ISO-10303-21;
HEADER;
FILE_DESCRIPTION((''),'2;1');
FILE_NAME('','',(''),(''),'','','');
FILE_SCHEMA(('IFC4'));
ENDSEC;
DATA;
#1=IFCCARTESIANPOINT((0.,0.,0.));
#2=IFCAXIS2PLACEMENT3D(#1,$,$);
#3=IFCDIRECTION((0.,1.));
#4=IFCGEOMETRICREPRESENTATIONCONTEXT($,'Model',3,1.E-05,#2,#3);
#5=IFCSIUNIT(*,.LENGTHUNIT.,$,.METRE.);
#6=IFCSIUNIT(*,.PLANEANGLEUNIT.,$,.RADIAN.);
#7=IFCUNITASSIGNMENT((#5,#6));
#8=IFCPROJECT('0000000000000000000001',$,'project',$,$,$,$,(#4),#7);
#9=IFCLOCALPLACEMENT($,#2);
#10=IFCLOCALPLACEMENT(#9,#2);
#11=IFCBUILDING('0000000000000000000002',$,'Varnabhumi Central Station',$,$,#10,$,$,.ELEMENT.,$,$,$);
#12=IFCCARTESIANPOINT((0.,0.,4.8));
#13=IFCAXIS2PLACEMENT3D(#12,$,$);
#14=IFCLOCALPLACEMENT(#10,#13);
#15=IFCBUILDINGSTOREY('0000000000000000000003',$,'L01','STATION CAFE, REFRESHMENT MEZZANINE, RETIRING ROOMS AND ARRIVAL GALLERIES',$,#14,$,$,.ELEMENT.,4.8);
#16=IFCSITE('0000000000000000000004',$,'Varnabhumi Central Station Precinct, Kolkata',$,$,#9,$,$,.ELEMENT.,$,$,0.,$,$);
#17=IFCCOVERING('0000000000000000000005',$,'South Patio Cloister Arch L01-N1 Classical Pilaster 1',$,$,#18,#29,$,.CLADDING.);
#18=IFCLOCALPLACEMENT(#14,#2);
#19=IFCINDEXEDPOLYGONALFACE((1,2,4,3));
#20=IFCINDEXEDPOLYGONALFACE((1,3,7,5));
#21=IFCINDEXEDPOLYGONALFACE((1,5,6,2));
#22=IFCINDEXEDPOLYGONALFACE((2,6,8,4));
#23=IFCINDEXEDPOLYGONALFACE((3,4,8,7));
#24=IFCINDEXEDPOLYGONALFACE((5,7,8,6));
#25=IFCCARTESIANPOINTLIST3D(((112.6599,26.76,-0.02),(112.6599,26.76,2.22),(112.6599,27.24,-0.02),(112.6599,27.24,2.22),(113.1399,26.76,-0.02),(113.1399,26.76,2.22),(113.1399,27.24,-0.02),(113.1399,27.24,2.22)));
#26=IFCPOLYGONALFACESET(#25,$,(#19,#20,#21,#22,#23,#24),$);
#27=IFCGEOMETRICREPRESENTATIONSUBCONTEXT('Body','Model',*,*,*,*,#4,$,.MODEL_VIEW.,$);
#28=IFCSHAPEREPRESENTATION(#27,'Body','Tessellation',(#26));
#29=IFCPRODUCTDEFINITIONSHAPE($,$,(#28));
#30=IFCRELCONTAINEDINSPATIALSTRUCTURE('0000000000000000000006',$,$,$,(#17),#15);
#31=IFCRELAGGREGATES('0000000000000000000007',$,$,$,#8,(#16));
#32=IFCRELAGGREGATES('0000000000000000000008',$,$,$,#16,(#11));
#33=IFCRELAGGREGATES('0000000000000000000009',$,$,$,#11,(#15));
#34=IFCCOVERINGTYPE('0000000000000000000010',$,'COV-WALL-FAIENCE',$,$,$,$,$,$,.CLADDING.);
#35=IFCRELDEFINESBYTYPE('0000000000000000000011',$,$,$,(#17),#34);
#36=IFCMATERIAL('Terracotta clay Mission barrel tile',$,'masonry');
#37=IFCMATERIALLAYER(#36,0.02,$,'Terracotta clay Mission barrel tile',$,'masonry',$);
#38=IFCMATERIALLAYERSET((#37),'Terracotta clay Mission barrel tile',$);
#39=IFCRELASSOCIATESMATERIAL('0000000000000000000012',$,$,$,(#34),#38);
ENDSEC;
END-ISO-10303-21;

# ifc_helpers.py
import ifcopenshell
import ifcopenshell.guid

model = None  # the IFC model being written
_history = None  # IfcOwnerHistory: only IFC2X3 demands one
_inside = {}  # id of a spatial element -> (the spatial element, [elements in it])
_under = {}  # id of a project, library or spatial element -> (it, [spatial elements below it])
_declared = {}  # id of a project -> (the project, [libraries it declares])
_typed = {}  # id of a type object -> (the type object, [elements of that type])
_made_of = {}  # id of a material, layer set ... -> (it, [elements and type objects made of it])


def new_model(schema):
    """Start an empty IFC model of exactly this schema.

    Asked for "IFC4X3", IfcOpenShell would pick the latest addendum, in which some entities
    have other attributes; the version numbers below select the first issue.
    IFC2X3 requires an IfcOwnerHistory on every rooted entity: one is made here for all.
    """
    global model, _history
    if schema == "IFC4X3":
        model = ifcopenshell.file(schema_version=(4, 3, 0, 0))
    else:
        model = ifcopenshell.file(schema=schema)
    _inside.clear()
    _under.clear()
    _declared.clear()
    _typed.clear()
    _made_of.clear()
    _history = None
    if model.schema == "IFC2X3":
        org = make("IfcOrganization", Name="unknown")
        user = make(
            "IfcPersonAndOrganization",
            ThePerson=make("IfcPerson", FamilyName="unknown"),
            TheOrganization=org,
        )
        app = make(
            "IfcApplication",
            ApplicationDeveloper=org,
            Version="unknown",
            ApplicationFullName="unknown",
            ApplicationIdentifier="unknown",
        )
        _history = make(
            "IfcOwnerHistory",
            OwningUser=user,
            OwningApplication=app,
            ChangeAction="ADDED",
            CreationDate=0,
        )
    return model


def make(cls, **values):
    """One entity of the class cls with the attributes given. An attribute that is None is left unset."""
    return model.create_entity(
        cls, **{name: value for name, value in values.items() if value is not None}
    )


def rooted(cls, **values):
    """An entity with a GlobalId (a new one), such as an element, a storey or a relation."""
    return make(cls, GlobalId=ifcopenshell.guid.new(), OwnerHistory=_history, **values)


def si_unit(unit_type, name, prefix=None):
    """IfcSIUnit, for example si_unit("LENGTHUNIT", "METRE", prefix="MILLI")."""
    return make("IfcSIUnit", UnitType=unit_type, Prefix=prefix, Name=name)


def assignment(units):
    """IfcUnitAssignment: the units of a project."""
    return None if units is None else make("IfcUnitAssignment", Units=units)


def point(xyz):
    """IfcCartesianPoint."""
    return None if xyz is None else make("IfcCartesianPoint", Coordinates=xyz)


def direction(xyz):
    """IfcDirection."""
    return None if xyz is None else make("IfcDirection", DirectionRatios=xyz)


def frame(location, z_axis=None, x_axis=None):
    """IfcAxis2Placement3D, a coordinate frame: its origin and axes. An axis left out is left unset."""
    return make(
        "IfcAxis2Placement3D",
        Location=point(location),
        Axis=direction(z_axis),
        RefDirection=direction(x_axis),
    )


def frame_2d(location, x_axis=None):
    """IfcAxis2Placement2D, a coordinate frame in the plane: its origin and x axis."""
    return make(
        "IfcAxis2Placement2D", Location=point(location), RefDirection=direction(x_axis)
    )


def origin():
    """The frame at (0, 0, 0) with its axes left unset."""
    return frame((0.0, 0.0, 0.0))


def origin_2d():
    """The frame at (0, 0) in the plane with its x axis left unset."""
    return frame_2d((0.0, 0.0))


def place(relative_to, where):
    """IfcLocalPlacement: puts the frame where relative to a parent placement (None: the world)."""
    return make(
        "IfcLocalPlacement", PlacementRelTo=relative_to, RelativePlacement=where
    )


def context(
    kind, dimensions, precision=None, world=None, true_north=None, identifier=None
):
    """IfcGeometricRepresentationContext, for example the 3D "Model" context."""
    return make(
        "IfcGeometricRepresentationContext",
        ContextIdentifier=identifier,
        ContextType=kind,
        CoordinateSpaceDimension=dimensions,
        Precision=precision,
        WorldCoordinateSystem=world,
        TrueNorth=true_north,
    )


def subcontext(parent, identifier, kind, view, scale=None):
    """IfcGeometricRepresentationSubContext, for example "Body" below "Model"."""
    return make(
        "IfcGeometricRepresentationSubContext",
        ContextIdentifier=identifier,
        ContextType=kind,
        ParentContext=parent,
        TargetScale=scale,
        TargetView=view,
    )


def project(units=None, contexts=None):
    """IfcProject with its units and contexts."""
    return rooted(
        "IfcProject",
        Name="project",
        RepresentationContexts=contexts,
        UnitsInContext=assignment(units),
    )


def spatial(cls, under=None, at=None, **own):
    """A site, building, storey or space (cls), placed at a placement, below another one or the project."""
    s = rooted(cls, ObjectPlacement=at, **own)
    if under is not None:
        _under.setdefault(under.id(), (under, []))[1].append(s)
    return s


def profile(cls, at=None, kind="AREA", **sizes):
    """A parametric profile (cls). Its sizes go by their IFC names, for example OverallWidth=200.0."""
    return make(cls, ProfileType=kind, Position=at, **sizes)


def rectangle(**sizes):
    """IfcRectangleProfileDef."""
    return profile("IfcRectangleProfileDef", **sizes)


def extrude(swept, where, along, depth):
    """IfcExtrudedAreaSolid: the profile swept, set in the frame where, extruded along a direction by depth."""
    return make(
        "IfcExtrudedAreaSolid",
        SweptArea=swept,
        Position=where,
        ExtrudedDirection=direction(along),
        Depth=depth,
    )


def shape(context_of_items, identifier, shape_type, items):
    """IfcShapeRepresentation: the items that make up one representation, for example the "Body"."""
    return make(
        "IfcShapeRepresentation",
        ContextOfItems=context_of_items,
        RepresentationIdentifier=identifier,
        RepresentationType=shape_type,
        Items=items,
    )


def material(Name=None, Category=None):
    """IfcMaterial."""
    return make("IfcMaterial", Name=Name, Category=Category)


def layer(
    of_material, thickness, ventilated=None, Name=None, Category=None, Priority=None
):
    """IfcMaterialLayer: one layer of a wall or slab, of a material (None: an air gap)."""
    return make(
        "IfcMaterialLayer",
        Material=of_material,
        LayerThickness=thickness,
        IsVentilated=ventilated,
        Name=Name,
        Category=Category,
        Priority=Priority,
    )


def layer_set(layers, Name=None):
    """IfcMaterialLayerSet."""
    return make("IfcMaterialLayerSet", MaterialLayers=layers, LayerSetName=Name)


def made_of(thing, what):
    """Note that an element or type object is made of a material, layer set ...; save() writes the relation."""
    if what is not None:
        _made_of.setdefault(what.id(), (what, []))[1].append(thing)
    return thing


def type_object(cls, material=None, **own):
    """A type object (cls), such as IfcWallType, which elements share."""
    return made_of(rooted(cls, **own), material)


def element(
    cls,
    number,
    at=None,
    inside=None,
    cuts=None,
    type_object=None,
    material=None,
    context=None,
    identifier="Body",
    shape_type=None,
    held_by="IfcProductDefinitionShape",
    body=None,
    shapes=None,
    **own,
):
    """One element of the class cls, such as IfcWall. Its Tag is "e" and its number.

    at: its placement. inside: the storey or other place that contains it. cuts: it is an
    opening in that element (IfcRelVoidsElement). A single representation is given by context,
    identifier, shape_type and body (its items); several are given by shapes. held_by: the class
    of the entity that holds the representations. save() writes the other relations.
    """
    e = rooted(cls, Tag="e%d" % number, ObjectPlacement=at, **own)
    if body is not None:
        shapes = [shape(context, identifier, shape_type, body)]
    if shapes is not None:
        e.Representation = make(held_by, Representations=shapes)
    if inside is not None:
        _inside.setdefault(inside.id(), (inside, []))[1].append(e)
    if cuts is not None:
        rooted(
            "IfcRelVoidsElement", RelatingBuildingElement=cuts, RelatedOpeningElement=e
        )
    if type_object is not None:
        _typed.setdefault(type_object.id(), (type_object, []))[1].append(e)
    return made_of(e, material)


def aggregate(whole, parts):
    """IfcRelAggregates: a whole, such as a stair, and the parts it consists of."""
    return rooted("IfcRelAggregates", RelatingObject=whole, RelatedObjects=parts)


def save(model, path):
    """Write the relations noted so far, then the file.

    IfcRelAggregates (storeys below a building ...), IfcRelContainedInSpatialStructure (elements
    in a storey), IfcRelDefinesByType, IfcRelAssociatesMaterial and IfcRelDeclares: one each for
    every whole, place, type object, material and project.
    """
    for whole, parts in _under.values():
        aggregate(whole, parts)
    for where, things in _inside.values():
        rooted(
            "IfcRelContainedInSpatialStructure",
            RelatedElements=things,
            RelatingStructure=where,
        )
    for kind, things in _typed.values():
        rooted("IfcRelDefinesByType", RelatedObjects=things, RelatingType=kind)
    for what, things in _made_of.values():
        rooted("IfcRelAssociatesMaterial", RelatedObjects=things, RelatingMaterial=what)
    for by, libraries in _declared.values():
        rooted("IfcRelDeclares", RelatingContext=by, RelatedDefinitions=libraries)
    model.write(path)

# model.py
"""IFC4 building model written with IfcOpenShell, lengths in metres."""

from ifc_helpers import new_model, si_unit, direction, frame, origin, origin_2d, place, context, subcontext, project, spatial, rectangle, extrude, material, layer, layer_set, type_object, element, save


model = new_model("IFC4")

# Units and contexts
model_context = context("Model", 3, precision=1e-05, world=origin(), true_north=direction((0.0, 1.0)))
body_context = subcontext(model_context, "Body", "Model", "MODEL_VIEW")
ifc_project = project(units=[si_unit("LENGTHUNIT", "METRE"), si_unit("PLANEANGLEUNIT", "RADIAN")], contexts=[model_context])

# Site, building, storey
site_placement = place(None, origin())
site = spatial("IfcSite", under=ifc_project, at=site_placement, Name="Varnabhumi Central Station Precinct, Kolkata", CompositionType="ELEMENT", RefElevation=0.0)
building_placement = place(site_placement, origin())
building = spatial("IfcBuilding", under=site, at=building_placement, Name="Varnabhumi Central Station", CompositionType="ELEMENT")
storey_placement = place(building_placement, frame((0.0, 0.0, 4.8)))
storey = spatial("IfcBuildingStorey", under=building, at=storey_placement, Name="L01", Description="STATION CAFE, REFRESHMENT MEZZANINE, RETIRING ROOMS AND ARRIVAL GALLERIES", CompositionType="ELEMENT", Elevation=4.8)

# Covering
ifc_material_1 = material(Name="Terracotta clay Mission barrel tile", Category="masonry")
ifc_layer_1 = layer(ifc_material_1, 0.02, Name="Terracotta clay Mission barrel tile", Category="masonry")
ifc_layer_set_1 = layer_set([ifc_layer_1], Name="Terracotta clay Mission barrel tile")
covering_type = type_object("IfcCoveringType", Name="COV-WALL-FAIENCE", PredefinedType="CLADDING", material=ifc_layer_set_1)
covering_1_placement = place(storey_placement, frame((112.8999, 27.0, -0.02), z_axis=(0.0, 0.0, 1.0), x_axis=(1.0, 0.0, 0.0)))
element("IfcCovering", 1, at=covering_1_placement, inside=storey, type_object=covering_type, Name="South Patio Cloister Arch L01-N1 Classical Pilaster 1", PredefinedType="CLADDING", context=body_context, shape_type="SweptSolid", body=[
    extrude(rectangle(XDim=0.48, YDim=0.48, at=origin_2d()), origin(), (0.0, 0.0, 1.0), 2.24),
])

save(model, "model.ifc")
